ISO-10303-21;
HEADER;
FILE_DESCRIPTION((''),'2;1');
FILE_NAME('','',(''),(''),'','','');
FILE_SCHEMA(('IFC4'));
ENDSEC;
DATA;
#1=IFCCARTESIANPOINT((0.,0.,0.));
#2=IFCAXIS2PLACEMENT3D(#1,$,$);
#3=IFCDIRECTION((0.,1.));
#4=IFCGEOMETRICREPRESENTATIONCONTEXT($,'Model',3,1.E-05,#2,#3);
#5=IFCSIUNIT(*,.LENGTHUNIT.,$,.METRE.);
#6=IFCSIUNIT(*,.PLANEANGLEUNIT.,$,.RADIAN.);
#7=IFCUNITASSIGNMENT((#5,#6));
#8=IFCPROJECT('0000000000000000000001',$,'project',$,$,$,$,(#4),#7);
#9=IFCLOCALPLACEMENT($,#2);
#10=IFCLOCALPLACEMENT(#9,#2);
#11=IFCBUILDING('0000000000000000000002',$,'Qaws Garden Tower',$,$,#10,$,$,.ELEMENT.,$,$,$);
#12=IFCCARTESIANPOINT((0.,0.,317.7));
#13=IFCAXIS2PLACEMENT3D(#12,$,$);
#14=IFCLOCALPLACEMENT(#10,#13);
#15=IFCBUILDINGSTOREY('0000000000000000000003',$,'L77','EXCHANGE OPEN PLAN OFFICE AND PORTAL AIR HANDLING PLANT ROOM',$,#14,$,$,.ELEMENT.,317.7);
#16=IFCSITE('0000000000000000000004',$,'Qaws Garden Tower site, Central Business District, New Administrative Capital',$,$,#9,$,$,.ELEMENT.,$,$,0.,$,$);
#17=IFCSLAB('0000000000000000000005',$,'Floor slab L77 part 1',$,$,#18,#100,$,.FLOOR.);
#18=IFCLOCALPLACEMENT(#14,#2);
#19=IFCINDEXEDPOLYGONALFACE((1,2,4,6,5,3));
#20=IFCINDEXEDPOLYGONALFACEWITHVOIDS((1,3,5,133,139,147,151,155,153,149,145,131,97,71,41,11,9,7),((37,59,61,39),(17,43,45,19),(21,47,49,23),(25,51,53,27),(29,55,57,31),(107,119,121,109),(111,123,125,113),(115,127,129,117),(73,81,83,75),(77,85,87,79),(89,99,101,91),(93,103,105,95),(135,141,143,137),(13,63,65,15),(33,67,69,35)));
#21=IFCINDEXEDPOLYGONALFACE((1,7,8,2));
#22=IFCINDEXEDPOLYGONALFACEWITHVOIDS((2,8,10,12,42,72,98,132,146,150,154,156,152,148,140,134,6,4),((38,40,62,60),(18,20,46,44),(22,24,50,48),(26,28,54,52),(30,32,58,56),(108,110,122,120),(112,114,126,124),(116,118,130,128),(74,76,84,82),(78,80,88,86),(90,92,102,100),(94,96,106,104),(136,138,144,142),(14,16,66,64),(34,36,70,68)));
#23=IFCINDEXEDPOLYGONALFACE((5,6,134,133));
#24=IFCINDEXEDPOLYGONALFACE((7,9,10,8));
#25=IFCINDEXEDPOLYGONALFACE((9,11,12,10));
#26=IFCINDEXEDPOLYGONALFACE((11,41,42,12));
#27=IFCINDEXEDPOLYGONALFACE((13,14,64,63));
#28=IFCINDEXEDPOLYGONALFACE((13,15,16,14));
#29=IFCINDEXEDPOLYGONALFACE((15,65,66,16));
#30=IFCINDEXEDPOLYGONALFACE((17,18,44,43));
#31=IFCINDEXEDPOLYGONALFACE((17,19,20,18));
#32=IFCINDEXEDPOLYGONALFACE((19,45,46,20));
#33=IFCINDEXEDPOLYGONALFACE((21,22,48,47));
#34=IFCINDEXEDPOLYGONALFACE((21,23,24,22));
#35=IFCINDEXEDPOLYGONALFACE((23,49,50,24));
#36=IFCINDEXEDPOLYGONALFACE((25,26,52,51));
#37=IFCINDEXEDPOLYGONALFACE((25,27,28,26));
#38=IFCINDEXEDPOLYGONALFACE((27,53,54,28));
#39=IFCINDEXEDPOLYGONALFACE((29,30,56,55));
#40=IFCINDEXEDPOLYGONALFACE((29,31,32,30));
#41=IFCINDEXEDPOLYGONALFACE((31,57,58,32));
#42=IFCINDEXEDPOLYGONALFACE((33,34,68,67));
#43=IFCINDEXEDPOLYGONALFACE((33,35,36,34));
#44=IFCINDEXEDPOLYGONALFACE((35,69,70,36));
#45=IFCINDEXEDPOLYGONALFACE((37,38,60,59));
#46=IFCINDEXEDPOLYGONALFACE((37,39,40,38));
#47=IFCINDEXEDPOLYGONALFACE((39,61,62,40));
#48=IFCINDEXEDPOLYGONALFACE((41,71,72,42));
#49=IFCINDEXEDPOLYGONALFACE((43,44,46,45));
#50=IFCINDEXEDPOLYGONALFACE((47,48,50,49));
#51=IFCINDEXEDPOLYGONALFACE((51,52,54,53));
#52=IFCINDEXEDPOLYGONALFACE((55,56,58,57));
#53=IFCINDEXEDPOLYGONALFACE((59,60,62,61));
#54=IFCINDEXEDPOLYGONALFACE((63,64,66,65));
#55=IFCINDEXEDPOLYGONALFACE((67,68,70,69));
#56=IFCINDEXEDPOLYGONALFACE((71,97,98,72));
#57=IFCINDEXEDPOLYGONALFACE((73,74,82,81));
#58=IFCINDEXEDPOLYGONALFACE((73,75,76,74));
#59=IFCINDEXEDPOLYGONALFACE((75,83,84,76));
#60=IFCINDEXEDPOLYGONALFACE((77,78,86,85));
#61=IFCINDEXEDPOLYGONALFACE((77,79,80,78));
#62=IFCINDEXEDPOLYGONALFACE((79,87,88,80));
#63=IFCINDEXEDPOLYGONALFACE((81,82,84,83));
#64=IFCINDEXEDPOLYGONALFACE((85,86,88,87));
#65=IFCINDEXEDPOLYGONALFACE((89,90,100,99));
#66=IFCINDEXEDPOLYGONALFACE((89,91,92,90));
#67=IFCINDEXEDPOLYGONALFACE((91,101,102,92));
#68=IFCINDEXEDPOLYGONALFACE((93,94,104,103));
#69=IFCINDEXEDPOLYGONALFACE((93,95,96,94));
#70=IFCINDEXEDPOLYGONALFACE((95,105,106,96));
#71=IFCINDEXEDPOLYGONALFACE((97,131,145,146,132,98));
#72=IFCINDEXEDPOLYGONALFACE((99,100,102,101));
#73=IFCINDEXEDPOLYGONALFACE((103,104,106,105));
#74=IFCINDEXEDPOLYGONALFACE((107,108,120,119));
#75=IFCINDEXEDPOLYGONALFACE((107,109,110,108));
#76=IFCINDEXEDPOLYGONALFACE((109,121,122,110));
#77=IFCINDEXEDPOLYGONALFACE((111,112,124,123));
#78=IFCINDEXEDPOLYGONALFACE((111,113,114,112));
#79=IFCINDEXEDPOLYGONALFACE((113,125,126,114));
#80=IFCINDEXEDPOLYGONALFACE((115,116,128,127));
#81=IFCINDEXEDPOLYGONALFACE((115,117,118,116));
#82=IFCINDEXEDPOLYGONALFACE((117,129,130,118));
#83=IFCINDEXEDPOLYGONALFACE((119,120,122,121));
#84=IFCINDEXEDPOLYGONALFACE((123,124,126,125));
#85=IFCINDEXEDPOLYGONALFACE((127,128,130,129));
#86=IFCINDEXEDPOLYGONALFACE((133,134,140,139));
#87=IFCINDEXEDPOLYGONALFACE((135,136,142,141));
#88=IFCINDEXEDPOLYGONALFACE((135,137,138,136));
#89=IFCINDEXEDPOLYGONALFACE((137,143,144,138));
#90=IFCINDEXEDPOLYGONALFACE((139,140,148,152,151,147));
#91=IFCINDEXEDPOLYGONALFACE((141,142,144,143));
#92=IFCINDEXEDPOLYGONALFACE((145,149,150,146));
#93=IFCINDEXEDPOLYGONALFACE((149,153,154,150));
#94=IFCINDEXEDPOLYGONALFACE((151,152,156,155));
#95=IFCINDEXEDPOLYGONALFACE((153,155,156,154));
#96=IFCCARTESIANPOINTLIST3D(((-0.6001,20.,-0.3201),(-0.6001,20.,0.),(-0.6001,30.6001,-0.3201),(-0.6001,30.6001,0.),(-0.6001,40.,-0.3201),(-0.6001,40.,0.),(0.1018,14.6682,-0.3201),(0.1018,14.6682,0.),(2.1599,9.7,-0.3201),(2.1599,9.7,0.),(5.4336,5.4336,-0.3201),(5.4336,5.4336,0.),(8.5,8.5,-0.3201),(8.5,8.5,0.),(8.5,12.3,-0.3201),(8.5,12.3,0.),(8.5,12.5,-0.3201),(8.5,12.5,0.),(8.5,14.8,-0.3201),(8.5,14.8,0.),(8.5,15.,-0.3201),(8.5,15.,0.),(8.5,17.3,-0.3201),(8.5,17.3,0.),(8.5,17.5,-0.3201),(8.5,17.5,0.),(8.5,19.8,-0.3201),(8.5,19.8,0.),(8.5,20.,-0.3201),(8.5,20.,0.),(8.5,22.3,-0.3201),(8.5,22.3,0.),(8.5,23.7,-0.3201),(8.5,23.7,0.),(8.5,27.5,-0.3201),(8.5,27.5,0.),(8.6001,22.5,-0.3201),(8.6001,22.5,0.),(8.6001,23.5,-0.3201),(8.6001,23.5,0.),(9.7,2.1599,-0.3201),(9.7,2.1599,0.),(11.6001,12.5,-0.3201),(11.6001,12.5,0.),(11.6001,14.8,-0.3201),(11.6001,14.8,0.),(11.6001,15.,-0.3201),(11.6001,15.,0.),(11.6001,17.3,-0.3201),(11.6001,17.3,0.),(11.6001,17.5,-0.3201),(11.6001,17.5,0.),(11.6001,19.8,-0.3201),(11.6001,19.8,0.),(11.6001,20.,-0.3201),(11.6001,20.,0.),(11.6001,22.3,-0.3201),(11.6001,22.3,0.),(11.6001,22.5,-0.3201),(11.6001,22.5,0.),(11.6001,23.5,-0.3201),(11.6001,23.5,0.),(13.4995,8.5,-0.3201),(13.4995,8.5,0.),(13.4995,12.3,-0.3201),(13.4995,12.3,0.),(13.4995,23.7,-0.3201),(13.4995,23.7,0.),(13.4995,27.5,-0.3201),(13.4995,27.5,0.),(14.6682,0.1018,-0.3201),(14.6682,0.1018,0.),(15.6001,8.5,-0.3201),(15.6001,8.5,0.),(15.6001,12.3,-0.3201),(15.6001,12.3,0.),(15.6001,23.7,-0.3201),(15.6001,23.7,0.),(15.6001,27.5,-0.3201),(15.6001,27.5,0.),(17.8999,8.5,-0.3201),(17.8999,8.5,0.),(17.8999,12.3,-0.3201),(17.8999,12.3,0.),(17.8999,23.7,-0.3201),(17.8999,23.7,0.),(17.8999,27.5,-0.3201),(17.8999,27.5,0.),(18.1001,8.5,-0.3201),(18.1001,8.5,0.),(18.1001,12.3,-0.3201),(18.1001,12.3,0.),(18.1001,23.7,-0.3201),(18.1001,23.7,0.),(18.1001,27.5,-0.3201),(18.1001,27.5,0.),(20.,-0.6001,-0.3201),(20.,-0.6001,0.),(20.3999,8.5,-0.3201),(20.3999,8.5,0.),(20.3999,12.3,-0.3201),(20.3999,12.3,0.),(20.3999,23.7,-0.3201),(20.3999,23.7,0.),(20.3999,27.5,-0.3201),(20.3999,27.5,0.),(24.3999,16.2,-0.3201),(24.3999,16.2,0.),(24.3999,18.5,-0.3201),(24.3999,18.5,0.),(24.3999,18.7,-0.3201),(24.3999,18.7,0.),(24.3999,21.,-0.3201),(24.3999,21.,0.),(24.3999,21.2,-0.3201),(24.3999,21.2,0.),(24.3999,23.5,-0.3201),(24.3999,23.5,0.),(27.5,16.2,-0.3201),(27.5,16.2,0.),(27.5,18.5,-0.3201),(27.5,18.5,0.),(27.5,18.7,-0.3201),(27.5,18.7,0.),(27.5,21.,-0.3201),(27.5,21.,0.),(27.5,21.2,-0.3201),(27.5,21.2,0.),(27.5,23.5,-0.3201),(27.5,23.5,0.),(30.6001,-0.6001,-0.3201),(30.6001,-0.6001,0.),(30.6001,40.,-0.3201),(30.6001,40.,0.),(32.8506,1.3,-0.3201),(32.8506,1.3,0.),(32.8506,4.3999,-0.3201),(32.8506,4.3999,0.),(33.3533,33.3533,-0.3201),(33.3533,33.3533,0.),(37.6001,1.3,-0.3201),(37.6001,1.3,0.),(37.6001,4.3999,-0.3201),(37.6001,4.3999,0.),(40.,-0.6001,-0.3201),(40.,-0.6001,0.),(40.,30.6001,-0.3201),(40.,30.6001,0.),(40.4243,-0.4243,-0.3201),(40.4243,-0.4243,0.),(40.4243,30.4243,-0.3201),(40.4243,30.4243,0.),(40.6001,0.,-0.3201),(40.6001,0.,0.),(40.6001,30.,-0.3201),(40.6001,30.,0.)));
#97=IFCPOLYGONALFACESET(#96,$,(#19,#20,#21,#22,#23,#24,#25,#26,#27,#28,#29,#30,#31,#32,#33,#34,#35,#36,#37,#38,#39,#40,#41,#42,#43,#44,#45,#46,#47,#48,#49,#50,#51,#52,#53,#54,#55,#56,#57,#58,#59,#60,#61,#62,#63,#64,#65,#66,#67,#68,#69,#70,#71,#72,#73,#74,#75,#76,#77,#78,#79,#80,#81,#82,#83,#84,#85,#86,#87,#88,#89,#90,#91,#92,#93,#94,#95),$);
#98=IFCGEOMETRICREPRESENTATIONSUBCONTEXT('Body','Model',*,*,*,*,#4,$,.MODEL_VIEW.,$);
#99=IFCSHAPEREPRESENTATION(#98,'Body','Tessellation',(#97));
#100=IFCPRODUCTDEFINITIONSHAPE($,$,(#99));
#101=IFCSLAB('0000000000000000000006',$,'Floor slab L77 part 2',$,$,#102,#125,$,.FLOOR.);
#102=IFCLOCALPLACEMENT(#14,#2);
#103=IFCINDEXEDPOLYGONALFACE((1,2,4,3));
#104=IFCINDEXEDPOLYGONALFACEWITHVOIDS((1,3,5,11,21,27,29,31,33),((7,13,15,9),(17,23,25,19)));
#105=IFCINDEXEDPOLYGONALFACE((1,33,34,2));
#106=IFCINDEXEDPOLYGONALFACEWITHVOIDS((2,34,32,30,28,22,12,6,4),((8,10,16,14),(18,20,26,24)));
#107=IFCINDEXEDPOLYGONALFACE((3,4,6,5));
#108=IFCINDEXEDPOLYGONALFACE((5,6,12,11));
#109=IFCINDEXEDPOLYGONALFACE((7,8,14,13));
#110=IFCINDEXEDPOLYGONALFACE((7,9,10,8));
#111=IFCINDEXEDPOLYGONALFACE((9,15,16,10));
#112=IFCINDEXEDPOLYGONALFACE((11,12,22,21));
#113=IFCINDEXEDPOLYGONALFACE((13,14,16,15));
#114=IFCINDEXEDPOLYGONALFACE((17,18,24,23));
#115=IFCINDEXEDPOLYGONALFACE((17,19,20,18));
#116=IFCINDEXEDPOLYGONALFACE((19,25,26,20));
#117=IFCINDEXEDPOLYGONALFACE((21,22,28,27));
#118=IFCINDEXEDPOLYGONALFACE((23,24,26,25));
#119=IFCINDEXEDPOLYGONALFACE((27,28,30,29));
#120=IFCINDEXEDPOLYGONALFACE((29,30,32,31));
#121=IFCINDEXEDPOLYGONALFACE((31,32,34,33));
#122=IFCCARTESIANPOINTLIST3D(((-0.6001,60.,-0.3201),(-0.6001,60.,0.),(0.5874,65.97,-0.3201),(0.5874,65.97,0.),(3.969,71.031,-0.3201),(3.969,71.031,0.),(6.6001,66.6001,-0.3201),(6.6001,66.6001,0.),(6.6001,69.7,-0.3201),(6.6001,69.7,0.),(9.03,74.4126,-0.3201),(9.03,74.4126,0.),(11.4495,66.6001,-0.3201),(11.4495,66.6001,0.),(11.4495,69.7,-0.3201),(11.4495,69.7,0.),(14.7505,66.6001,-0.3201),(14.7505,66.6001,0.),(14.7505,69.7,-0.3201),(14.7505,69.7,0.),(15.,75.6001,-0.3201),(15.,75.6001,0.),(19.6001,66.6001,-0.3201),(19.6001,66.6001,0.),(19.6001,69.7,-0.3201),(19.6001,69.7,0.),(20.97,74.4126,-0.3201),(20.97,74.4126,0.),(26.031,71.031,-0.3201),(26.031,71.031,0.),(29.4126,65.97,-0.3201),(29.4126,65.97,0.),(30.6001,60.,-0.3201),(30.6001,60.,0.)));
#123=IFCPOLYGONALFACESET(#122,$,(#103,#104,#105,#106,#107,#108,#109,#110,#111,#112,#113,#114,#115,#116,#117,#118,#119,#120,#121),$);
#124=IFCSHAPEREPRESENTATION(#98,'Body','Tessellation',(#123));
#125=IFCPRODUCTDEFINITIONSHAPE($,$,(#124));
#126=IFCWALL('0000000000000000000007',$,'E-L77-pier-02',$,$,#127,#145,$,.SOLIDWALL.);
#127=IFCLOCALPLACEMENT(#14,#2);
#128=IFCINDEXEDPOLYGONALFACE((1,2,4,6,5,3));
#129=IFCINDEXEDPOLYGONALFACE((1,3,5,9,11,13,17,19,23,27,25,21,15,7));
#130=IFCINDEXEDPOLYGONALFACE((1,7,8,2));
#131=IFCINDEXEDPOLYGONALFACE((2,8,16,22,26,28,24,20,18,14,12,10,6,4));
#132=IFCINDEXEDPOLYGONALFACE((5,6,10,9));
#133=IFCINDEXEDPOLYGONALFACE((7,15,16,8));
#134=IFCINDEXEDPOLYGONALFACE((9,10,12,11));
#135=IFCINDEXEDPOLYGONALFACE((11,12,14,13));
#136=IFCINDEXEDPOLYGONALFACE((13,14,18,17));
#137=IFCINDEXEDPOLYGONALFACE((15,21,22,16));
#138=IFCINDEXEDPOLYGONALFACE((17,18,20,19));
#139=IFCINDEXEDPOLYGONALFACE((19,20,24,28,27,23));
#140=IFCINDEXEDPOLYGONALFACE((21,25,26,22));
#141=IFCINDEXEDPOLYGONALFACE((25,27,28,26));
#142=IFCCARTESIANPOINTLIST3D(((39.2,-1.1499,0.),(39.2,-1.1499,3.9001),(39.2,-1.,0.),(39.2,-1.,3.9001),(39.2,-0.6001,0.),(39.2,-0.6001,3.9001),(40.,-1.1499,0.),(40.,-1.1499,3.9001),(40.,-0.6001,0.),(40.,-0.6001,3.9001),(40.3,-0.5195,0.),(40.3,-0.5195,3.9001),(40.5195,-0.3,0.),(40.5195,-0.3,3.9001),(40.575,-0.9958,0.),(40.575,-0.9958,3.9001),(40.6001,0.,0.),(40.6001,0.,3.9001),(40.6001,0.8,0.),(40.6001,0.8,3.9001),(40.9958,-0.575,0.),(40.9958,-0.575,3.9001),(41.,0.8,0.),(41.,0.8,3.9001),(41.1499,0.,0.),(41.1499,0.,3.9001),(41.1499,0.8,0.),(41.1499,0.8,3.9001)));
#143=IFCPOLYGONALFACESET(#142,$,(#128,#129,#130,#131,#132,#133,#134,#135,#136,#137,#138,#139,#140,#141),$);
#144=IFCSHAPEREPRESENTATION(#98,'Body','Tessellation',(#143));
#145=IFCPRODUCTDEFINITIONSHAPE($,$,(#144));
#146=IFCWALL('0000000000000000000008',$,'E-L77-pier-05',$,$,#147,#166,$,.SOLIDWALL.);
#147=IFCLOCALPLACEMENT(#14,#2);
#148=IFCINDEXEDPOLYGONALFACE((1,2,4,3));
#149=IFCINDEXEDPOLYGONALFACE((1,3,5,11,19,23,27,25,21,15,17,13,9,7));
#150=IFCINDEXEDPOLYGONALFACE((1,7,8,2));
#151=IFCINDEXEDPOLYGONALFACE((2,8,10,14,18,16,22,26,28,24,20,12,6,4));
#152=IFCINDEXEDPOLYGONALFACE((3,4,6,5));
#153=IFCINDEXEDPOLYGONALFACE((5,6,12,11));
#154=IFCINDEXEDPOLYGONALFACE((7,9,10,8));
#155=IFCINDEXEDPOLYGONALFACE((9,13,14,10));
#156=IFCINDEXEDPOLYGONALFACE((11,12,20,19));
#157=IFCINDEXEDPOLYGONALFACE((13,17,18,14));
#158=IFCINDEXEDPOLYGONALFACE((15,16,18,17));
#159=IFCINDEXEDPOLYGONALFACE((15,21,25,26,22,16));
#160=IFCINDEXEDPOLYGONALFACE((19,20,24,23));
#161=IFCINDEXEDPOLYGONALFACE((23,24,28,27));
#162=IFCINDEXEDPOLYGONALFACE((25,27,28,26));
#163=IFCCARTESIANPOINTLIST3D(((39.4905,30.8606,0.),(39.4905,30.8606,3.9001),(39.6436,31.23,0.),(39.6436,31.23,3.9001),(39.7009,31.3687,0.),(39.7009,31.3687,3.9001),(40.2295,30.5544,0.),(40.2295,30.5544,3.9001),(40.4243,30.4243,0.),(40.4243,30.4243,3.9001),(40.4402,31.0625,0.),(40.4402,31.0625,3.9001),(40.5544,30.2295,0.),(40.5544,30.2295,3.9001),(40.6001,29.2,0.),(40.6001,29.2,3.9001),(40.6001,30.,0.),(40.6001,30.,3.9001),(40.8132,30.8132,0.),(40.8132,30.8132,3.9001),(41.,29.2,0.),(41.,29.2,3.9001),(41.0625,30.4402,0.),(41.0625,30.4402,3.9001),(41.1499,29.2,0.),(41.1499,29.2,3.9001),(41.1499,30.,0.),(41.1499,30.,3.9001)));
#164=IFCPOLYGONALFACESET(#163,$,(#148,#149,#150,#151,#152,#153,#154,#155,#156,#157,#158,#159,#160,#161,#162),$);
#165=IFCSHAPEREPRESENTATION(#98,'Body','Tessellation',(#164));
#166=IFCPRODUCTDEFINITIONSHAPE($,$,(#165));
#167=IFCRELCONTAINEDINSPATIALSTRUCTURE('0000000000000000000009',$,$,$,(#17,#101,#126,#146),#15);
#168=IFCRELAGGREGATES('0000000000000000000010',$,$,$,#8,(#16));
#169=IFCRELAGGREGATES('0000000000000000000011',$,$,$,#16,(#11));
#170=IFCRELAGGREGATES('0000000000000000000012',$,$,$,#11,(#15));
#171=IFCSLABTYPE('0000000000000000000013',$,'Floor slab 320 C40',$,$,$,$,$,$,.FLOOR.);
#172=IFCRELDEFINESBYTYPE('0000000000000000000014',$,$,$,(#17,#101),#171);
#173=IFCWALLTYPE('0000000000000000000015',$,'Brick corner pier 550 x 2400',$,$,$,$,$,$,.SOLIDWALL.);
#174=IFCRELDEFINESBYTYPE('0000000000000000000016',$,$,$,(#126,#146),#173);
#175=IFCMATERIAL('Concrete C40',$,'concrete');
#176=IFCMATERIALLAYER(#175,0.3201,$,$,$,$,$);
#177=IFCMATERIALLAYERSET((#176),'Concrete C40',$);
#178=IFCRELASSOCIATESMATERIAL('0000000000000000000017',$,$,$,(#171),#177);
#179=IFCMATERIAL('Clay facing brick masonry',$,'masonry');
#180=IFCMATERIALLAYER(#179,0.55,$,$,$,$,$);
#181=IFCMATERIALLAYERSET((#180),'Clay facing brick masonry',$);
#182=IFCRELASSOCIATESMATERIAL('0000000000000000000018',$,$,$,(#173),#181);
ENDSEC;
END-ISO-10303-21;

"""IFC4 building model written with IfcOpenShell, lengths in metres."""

from ifc_helpers import new_model, si_unit, direction, frame, origin, place, context, subcontext, project, spatial, polyline, outline, extrude, material, layer, layer_set, type_object, element, save


model = new_model("IFC4")

# Units and contexts
model_context = context("Model", 3, precision=1e-05, world=origin(), true_north=direction((0.0, 1.0)))
body_context = subcontext(model_context, "Body", "Model", "MODEL_VIEW")
ifc_project = project(units=[si_unit("LENGTHUNIT", "METRE"), si_unit("PLANEANGLEUNIT", "RADIAN")], contexts=[model_context])

# Site, building, storey
site_placement = place(None, origin())
site = spatial("IfcSite", under=ifc_project, at=site_placement, Name="Qaws Garden Tower site, Central Business District, New Administrative Capital", CompositionType="ELEMENT", RefElevation=0.0)
building_placement = place(site_placement, origin())
building = spatial("IfcBuilding", under=site, at=building_placement, Name="Qaws Garden Tower", CompositionType="ELEMENT")
storey_placement = place(building_placement, frame((0.0, 0.0, 317.7)))
storey = spatial("IfcBuildingStorey", under=building, at=storey_placement, Name="L77", Description="EXCHANGE OPEN PLAN OFFICE AND PORTAL AIR HANDLING PLANT ROOM", CompositionType="ELEMENT", Elevation=317.7)

# Slabs
ifc_material_1 = material(Name="Concrete C40", Category="concrete")
ifc_layer_1 = layer(ifc_material_1, 0.3201)
ifc_layer_set_1 = layer_set([ifc_layer_1], Name="Concrete C40")
slab_type = type_object("IfcSlabType", Name="Floor slab 320 C40", PredefinedType="FLOOR", material=ifc_layer_set_1)
placement_1 = place(storey_placement, frame((0.0, 0.0, -0.3201)))
element("IfcSlab", 1, at=placement_1, inside=storey, type_object=slab_type, Name="Floor slab L77 part 1", PredefinedType="FLOOR", context=body_context, shape_type="SweptSolid", body=[
    extrude(outline(polyline([(-0.6001, 20.0), (-0.6001, 30.6001), (-0.6001, 40.0), (30.6001, 40.0), (33.3533, 33.3533), (40.0, 30.6001), (40.4243, 30.4243), (40.6001, 30.0), (40.6001, 0.0), (40.4243, -0.4243), (40.0, -0.6001), (30.6001, -0.6001), (20.0, -0.6001), (14.6682, 0.1018), (9.7, 2.1599), (5.4336, 5.4336), (2.1599, 9.7), (0.1018, 14.6682), (-0.6001, 20.0)]), holes=[polyline([(13.4995, 12.3), (8.5, 12.3), (8.5, 8.5), (13.4995, 8.5), (13.4995, 12.3)]), polyline([(17.8999, 12.3), (15.6001, 12.3), (15.6001, 8.5), (17.8999, 8.5), (17.8999, 12.3)]), polyline([(11.6001, 14.8), (8.5, 14.8), (8.5, 12.5), (11.6001, 12.5), (11.6001, 14.8)]), polyline([(11.6001, 17.3), (8.5, 17.3), (8.5, 15.0), (11.6001, 15.0), (11.6001, 17.3)]), polyline([(11.6001, 19.8), (8.5, 19.8), (8.5, 17.5), (11.6001, 17.5), (11.6001, 19.8)]), polyline([(11.6001, 22.3), (8.5, 22.3), (8.5, 20.0), (11.6001, 20.0), (11.6001, 22.3)]), polyline([(11.6001, 23.5), (8.6001, 23.5), (8.6001, 22.5), (11.6001, 22.5), (11.6001, 23.5)]), polyline([(13.4995, 27.5), (8.5, 27.5), (8.5, 23.7), (13.4995, 23.7), (13.4995, 27.5)]), polyline([(37.6001, 4.3999), (32.8506, 4.3999), (32.8506, 1.3), (37.6001, 1.3), (37.6001, 4.3999)]), polyline([(20.3999, 12.3), (18.1001, 12.3), (18.1001, 8.5), (20.3999, 8.5), (20.3999, 12.3)]), polyline([(27.5, 18.5), (24.3999, 18.5), (24.3999, 16.2), (27.5, 16.2), (27.5, 18.5)]), polyline([(27.5, 21.0), (24.3999, 21.0), (24.3999, 18.7), (27.5, 18.7), (27.5, 21.0)]), polyline([(27.5, 23.5), (24.3999, 23.5), (24.3999, 21.2), (27.5, 21.2), (27.5, 23.5)]), polyline([(17.8999, 27.5), (15.6001, 27.5), (15.6001, 23.7), (17.8999, 23.7), (17.8999, 27.5)]), polyline([(20.3999, 23.7), (20.3999, 27.5), (18.1001, 27.5), (18.1001, 23.7), (20.3999, 23.7)])]), origin(), (0.0, 0.0, 1.0), 0.3201),
])
element("IfcSlab", 2, at=placement_1, inside=storey, type_object=slab_type, Name="Floor slab L77 part 2", PredefinedType="FLOOR", context=body_context, shape_type="SweptSolid", body=[
    extrude(outline(polyline([(3.969, 71.031), (9.03, 74.4126), (15.0, 75.6001), (20.97, 74.4126), (26.031, 71.031), (29.4126, 65.97), (30.6001, 60.0), (-0.6001, 60.0), (0.5874, 65.97), (3.969, 71.031)]), holes=[polyline([(11.4495, 69.7), (6.6001, 69.7), (6.6001, 66.6001), (11.4495, 66.6001), (11.4495, 69.7)]), polyline([(19.6001, 66.6001), (19.6001, 69.7), (14.7505, 69.7), (14.7505, 66.6001), (19.6001, 66.6001)])]), origin(), (0.0, 0.0, 1.0), 0.3201),
])

# Walls
ifc_material_2 = material(Name="Clay facing brick masonry", Category="masonry")
ifc_layer_2 = layer(ifc_material_2, 0.55)
ifc_layer_set_2 = layer_set([ifc_layer_2], Name="Clay facing brick masonry")
wall_type_1 = type_object("IfcWallType", Name="Brick corner pier 550 x 2400", PredefinedType="SOLIDWALL", material=ifc_layer_set_2)
placement_2 = place(storey_placement, origin())
element("IfcWall", 3, at=placement_2, inside=storey, type_object=wall_type_1, Name="E-L77-pier-02", PredefinedType="SOLIDWALL", context=body_context, shape_type="SweptSolid", body=[
    extrude(outline(polyline([(39.2, -1.0), (39.2, -1.1499), (40.0, -1.1499), (40.575, -0.9958), (40.9958, -0.575), (41.1499, 0.0), (41.1499, 0.8), (41.0, 0.8), (40.6001, 0.8), (40.6001, 0.0), (40.5195, -0.3), (40.3, -0.5195), (40.0, -0.6001), (39.2, -0.6001), (39.2, -1.0)])), origin(), (0.0, 0.0, 1.0), 3.9001),
])
element("IfcWall", 4, at=placement_2, inside=storey, type_object=wall_type_1, Name="E-L77-pier-05", PredefinedType="SOLIDWALL", context=body_context, shape_type="SweptSolid", body=[
    extrude(outline(polyline([(41.0, 29.2), (41.1499, 29.2), (41.1499, 30.0), (41.0625, 30.4402), (40.8132, 30.8132), (40.4402, 31.0625), (39.7009, 31.3687), (39.6436, 31.23), (39.4905, 30.8606), (40.2295, 30.5544), (40.4243, 30.4243), (40.5544, 30.2295), (40.6001, 30.0), (40.6001, 29.2), (41.0, 29.2)])), origin(), (0.0, 0.0, 1.0), 3.9001),
])

save(model, "model.ifc")
